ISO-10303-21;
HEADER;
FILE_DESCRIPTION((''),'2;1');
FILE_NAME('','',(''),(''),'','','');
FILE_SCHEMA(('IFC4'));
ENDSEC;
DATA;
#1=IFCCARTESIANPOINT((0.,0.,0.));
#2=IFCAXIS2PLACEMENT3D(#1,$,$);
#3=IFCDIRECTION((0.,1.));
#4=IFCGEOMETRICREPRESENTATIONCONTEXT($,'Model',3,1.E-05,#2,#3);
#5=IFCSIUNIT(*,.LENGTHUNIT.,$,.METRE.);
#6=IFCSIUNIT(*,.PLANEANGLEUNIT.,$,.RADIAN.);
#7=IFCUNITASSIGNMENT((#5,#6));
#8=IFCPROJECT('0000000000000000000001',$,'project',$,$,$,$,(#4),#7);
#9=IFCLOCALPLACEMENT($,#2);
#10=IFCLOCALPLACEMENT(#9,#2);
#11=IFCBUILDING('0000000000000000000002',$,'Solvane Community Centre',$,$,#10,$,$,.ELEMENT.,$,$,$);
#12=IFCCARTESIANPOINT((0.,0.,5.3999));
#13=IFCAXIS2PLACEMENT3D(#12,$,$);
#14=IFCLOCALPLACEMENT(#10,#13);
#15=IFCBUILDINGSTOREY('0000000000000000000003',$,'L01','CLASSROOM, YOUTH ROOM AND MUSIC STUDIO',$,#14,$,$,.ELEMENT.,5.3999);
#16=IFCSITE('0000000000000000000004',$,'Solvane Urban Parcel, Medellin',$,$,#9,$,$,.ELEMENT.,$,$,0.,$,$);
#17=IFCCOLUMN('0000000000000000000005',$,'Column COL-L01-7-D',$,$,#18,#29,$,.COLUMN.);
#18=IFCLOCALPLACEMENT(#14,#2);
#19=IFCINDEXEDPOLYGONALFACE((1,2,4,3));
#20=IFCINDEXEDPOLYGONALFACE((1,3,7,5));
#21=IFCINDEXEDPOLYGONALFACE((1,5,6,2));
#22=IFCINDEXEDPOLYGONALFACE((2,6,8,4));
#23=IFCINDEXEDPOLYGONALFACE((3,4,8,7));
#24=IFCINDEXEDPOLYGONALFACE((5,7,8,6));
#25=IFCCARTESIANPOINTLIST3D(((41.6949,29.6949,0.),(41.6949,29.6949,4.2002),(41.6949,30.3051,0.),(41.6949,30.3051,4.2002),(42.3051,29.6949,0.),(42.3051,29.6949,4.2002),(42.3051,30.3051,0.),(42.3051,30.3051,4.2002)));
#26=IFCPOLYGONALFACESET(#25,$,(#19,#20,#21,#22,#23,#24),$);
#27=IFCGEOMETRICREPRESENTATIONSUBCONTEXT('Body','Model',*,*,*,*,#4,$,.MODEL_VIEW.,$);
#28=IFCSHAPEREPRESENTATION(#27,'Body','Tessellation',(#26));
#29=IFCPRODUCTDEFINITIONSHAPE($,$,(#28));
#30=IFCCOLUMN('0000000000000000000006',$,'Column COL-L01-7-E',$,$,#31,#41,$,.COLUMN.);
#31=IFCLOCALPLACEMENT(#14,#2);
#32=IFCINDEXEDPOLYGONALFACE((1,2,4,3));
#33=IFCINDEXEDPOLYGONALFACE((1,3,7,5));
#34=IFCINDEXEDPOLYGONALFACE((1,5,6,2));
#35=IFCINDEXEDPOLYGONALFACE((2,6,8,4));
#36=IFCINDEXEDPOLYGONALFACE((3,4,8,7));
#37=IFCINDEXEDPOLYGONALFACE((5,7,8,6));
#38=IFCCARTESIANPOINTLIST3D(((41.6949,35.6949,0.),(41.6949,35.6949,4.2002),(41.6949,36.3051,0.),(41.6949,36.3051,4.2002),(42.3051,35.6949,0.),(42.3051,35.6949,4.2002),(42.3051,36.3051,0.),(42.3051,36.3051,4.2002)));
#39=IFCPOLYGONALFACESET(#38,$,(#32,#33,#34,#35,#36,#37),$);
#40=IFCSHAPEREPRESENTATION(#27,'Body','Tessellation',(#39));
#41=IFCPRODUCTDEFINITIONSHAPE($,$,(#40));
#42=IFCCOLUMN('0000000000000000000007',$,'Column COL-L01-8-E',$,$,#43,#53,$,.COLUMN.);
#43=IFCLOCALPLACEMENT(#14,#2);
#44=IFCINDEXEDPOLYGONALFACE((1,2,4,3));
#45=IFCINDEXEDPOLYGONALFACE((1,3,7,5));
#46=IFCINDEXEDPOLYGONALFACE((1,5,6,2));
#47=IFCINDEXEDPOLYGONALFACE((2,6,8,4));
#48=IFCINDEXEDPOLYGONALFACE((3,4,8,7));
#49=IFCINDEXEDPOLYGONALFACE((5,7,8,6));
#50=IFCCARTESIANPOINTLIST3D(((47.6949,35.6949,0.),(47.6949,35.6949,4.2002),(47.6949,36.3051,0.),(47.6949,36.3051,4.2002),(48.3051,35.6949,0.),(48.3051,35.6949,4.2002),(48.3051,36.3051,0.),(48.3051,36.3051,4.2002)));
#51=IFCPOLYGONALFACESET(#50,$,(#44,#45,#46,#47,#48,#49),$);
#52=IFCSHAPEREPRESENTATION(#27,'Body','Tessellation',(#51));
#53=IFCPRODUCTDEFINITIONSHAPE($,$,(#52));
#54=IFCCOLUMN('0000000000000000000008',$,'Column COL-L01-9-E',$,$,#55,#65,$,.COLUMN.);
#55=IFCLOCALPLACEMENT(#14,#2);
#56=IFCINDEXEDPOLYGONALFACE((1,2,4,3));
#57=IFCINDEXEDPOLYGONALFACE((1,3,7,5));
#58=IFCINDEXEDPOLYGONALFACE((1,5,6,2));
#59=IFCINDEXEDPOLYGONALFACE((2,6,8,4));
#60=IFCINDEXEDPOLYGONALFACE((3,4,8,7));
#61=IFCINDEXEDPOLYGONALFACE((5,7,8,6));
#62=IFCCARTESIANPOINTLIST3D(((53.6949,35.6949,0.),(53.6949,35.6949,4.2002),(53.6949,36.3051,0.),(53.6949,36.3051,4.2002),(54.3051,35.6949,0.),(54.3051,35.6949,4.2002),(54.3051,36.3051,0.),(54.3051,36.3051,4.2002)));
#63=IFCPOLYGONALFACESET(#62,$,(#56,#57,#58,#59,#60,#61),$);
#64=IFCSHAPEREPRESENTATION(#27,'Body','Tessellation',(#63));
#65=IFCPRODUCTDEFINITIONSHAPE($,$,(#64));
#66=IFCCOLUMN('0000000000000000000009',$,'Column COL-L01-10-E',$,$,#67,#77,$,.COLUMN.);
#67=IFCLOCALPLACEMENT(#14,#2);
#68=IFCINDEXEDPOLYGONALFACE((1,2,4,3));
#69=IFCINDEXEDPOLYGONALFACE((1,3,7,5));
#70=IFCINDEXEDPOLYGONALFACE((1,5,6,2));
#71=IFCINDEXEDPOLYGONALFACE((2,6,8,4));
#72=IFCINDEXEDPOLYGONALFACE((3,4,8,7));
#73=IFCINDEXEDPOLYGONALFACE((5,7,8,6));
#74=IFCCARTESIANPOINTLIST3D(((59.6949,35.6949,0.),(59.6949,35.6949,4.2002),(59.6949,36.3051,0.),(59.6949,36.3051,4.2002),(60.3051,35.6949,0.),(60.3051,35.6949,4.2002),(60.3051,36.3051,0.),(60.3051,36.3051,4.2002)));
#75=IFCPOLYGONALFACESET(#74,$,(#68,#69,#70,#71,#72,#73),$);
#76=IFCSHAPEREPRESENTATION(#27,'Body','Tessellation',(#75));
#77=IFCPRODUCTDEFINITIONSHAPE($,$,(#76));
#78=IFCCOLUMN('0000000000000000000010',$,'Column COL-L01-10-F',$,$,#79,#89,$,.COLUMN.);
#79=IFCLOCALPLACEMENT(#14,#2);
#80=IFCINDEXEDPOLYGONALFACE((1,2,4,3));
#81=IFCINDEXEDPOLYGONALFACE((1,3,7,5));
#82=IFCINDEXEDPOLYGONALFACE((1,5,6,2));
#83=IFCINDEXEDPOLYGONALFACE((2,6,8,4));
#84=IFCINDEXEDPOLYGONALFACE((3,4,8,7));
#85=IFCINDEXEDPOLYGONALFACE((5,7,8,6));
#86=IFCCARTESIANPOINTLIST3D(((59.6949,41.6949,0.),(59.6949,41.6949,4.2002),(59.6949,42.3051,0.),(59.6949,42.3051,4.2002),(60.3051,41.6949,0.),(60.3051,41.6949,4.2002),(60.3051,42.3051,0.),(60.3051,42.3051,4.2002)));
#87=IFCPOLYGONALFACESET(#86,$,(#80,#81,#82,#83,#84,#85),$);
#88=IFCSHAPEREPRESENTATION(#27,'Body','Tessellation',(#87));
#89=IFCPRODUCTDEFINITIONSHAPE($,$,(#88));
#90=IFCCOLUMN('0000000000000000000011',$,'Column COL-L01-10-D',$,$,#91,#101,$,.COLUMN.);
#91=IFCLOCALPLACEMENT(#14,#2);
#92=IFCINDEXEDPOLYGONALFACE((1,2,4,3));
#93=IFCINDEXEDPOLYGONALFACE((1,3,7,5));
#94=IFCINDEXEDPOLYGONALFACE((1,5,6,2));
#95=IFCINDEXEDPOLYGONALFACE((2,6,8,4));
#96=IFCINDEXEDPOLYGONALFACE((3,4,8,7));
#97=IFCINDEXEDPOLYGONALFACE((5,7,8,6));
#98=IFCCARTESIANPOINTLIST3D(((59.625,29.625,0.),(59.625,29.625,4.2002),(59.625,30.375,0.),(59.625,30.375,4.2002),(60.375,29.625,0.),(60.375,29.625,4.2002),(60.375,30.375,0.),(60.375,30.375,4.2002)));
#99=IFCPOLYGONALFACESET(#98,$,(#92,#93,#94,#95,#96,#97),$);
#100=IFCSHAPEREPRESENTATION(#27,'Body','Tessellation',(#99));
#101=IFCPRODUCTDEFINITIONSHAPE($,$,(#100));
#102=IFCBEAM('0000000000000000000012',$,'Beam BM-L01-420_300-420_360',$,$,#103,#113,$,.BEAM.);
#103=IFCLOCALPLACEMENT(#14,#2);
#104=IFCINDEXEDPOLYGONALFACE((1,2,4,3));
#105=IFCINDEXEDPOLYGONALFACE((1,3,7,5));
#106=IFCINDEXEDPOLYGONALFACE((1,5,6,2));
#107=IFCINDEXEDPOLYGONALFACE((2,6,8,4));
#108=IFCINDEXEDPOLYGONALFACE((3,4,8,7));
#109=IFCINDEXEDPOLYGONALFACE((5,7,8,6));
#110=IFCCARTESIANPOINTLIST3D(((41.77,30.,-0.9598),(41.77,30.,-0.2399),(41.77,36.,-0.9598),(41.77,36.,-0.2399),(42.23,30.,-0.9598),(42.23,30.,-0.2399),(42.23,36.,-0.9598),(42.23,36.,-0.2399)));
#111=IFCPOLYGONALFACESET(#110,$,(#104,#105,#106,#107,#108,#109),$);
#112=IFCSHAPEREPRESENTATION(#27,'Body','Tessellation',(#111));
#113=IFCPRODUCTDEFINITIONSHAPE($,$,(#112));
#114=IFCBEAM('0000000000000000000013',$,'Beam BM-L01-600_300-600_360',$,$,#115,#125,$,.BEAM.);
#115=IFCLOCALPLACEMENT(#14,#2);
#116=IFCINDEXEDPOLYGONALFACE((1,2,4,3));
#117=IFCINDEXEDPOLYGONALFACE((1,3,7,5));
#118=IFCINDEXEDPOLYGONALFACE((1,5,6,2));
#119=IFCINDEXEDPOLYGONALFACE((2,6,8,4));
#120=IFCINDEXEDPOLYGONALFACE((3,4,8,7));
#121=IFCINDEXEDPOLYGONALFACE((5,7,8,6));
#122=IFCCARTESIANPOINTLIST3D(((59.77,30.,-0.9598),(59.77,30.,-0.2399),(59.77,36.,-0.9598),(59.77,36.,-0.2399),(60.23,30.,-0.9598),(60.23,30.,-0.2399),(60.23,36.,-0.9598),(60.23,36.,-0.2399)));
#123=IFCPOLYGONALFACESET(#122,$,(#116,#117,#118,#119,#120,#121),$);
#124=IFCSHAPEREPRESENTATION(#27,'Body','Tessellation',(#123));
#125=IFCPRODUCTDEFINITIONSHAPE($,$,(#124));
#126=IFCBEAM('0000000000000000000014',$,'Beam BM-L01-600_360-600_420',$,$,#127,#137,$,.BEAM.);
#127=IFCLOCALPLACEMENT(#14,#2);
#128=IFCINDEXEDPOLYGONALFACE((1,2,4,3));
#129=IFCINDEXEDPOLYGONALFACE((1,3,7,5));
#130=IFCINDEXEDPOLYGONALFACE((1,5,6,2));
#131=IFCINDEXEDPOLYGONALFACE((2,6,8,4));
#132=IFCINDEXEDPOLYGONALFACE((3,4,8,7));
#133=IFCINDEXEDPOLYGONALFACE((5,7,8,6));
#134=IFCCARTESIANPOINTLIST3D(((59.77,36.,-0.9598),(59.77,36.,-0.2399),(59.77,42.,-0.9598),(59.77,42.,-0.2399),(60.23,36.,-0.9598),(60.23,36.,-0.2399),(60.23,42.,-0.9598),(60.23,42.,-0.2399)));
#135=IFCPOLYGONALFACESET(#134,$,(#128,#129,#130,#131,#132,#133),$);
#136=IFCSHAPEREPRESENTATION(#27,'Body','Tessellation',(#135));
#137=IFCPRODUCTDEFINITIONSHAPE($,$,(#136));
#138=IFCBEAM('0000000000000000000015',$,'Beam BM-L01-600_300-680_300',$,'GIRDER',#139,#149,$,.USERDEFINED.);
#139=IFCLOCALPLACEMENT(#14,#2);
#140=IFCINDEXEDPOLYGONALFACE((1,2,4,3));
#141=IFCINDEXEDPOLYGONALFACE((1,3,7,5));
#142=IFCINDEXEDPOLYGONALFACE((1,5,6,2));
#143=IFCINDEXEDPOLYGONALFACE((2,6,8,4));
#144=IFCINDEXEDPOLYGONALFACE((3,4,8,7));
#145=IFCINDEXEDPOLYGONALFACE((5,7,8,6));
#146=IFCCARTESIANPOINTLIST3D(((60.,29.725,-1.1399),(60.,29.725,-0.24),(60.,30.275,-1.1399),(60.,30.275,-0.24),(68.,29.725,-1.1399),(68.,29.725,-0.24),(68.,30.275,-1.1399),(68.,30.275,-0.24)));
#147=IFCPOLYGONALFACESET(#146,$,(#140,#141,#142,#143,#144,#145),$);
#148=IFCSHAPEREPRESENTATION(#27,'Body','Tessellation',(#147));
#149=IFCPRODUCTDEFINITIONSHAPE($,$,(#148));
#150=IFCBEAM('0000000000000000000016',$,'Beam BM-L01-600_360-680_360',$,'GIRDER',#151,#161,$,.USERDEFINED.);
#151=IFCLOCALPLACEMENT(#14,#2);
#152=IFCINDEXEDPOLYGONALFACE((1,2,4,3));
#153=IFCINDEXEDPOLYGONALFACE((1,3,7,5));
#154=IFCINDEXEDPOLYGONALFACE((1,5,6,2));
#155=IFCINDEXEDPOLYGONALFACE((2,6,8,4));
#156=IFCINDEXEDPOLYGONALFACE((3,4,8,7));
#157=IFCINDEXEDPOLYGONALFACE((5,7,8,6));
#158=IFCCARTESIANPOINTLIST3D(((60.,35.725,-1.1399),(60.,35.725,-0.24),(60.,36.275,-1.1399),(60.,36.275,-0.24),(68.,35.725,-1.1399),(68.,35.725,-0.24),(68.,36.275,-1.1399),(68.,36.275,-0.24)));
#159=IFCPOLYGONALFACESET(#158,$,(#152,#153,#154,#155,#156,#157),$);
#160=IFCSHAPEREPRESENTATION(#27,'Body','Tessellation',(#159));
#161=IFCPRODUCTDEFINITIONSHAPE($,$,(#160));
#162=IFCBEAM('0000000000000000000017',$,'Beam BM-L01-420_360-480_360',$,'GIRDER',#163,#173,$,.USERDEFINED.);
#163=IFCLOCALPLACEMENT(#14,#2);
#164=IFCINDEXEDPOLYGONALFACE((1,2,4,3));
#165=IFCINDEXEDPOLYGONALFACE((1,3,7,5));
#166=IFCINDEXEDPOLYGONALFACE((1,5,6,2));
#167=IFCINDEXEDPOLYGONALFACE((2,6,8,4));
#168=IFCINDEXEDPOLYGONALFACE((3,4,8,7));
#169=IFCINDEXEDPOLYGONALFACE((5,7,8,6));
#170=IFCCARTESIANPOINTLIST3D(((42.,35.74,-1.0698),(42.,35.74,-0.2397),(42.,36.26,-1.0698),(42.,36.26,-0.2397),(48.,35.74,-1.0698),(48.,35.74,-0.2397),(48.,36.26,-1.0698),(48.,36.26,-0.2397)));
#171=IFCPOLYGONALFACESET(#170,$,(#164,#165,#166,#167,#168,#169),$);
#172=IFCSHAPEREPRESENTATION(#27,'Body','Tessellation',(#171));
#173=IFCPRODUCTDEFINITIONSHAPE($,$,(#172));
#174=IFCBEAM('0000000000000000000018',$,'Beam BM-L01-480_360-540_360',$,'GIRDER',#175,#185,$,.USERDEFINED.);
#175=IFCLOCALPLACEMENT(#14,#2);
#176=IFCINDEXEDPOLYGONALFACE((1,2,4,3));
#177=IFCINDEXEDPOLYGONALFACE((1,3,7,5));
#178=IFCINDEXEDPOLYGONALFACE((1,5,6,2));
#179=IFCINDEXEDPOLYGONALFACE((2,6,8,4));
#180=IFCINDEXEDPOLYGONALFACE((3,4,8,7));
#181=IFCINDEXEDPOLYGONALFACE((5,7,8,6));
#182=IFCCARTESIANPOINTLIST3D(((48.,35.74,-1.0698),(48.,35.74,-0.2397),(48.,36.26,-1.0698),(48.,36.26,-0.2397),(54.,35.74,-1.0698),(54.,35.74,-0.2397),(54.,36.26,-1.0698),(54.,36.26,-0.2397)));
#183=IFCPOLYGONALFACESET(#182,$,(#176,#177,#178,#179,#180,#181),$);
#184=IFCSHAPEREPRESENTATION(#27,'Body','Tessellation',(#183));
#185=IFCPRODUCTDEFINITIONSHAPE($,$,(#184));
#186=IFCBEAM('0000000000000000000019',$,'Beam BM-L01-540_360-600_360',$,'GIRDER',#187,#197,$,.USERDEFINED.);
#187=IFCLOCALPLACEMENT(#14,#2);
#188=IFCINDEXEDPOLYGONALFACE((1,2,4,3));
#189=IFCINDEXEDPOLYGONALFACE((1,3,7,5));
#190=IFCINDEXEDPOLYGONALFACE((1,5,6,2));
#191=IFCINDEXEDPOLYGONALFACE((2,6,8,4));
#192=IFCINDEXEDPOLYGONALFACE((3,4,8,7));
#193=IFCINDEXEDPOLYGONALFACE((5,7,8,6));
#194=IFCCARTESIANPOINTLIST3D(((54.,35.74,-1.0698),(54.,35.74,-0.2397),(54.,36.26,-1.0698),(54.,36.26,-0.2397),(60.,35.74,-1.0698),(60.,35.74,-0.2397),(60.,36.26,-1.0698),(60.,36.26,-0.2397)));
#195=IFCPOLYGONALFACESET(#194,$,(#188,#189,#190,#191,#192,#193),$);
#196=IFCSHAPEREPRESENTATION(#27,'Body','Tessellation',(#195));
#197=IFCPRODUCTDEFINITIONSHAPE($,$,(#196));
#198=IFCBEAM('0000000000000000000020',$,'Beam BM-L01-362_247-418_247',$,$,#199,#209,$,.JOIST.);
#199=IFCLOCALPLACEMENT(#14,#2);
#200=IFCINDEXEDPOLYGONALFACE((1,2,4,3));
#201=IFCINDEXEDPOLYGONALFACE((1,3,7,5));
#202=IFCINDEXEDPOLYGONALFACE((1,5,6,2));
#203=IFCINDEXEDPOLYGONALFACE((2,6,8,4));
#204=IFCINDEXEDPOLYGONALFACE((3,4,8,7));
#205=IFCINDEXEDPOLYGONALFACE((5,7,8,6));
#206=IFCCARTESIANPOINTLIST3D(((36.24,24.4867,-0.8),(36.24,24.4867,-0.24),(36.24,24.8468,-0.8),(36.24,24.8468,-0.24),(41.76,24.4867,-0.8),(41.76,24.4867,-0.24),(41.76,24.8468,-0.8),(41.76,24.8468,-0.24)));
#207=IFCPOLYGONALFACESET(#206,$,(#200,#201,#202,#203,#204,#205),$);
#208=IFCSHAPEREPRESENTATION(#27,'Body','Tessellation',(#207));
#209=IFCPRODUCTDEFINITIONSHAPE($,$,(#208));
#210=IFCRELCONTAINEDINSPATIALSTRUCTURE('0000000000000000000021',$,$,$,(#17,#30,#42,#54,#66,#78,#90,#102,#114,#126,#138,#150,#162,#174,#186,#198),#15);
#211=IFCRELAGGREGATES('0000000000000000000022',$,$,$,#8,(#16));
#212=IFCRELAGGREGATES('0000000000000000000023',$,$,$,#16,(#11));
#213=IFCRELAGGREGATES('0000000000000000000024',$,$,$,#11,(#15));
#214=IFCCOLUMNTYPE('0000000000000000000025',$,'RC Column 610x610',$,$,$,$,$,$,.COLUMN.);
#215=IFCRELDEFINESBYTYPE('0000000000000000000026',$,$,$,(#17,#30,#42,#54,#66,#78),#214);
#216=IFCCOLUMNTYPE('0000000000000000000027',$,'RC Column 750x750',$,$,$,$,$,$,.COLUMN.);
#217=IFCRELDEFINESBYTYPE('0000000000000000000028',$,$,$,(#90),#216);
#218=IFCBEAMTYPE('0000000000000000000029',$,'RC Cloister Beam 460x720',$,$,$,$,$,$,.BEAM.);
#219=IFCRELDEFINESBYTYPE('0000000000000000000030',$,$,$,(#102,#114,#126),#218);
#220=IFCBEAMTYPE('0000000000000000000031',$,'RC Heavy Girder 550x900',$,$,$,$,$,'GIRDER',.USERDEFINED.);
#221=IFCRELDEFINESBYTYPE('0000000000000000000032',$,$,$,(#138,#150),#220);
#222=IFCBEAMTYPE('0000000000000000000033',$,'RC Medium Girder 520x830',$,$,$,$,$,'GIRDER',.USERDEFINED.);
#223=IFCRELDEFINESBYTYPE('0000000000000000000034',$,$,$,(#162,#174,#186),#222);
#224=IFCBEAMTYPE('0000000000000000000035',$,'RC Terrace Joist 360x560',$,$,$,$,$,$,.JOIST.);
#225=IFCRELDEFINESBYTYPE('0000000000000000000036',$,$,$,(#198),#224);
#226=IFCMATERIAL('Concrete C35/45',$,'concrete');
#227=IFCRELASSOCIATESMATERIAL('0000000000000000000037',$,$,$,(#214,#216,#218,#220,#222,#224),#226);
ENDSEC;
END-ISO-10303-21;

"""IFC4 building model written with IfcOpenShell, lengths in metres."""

from ifc_helpers import new_model, si_unit, direction, frame, origin, origin_2d, place, context, subcontext, project, spatial, rectangle, extrude, material, material_profile, profile_set, type_object, element, save


model = new_model("IFC4")

# Units and contexts
model_context = context("Model", 3, precision=1e-05, world=origin(), true_north=direction((0.0, 1.0)))
body_context = subcontext(model_context, "Body", "Model", "MODEL_VIEW")
ifc_project = project(units=[si_unit("LENGTHUNIT", "METRE"), si_unit("PLANEANGLEUNIT", "RADIAN")], contexts=[model_context])

# Site, building, storey
site_placement = place(None, origin())
site = spatial("IfcSite", under=ifc_project, at=site_placement, Name="Solvane Urban Parcel, Medellin", CompositionType="ELEMENT", RefElevation=0.0)
building_placement = place(site_placement, origin())
building = spatial("IfcBuilding", under=site, at=building_placement, Name="Solvane Community Centre", CompositionType="ELEMENT")
storey_placement = place(building_placement, frame((0.0, 0.0, 5.3999)))
storey = spatial("IfcBuildingStorey", under=building, at=storey_placement, Name="L01", Description="CLASSROOM, YOUTH ROOM AND MUSIC STUDIO", CompositionType="ELEMENT", Elevation=5.3999)

# Columns
ifc_material_1 = material(Name="Concrete C35/45", Category="concrete")
ifc_material_profile_1 = material_profile(ifc_material_1, rectangle(XDim=0.6101, YDim=0.6101, at=origin_2d()), Name="RC 610x610")
ifc_profile_set_1 = profile_set([ifc_material_profile_1], Name="Concrete C35/45")
column_type_1 = type_object("IfcColumnType", Name="RC Column 610x610", PredefinedType="COLUMN", material=ifc_profile_set_1)
for number, where, z_axis, x_axis, name in (
    (1, (42.0, 30.0, 0.0), (0.0, 0.0, 1.0), (1.0, 0.0, 0.0), "Column COL-L01-7-D"),
    (2, (42.0, 36.0, 0.0), (0.0, 0.0, 1.0), (1.0, 0.0, 0.0), "Column COL-L01-7-E"),
    (3, (48.0, 36.0, 0.0), (0.0, 0.0, 1.0), (1.0, 0.0, 0.0), "Column COL-L01-8-E"),
    (4, (54.0, 36.0, 0.0), (0.0, 0.0, 1.0), (1.0, 0.0, 0.0), "Column COL-L01-9-E"),
    (5, (60.0, 36.0, 0.0), (0.0, 0.0, 1.0), (1.0, 0.0, 0.0), "Column COL-L01-10-E"),
    (6, (60.0, 42.0, 0.0), (0.0, 0.0, 1.0), (1.0, 0.0, 0.0), "Column COL-L01-10-F"),
):
    element("IfcColumn", number, at=place(storey_placement, frame(where, z_axis=z_axis, x_axis=x_axis)), inside=storey, type_object=column_type_1, Name=name, PredefinedType="COLUMN", context=body_context, shape_type="SweptSolid", body=[
        extrude(rectangle(XDim=0.6101, YDim=0.6101, at=origin_2d()), origin(), (0.0, 0.0, 1.0), 4.2002),
    ])
ifc_material_profile_2 = material_profile(ifc_material_1, rectangle(XDim=0.75, YDim=0.75, at=origin_2d()), Name="RC 750x750")
ifc_profile_set_2 = profile_set([ifc_material_profile_2], Name="Concrete C35/45")
column_type_2 = type_object("IfcColumnType", Name="RC Column 750x750", PredefinedType="COLUMN", material=ifc_profile_set_2)
column_placement = place(storey_placement, frame((60.0, 30.0, 0.0), z_axis=(0.0, 0.0, 1.0), x_axis=(1.0, 0.0, 0.0)))
element("IfcColumn", 7, at=column_placement, inside=storey, type_object=column_type_2, Name="Column COL-L01-10-D", PredefinedType="COLUMN", context=body_context, shape_type="SweptSolid", body=[
    extrude(rectangle(XDim=0.75, YDim=0.75, at=origin_2d()), origin(), (0.0, 0.0, 1.0), 4.2002),
])

# Beams
ifc_material_profile_3 = material_profile(ifc_material_1, rectangle(XDim=0.46, YDim=0.72, at=origin_2d()), Name="RC 460x720")
ifc_profile_set_3 = profile_set([ifc_material_profile_3], Name="Concrete C35/45")
beam_type_1 = type_object("IfcBeamType", Name="RC Cloister Beam 460x720", PredefinedType="BEAM", material=ifc_profile_set_3)
for number, where, z_axis, x_axis, name in (
    (8, (42.0, 30.0, -0.5999), (0.0, 1.0, 0.0), (-1.0, 0.0, 0.0), "Beam BM-L01-420_300-420_360"),
    (9, (60.0, 30.0, -0.5999), (0.0, 1.0, 0.0), (-1.0, 0.0, 0.0), "Beam BM-L01-600_300-600_360"),
    (10, (60.0, 36.0, -0.5999), (0.0, 1.0, 0.0), (-1.0, 0.0, 0.0), "Beam BM-L01-600_360-600_420"),
):
    element("IfcBeam", number, at=place(storey_placement, frame(where, z_axis=z_axis, x_axis=x_axis)), inside=storey, type_object=beam_type_1, Name=name, PredefinedType="BEAM", context=body_context, shape_type="SweptSolid", body=[
        extrude(rectangle(XDim=0.46, YDim=0.72, at=origin_2d()), origin(), (0.0, 0.0, 1.0), 6.0),
    ])
ifc_material_profile_4 = material_profile(ifc_material_1, rectangle(XDim=0.55, YDim=0.8999, at=origin_2d()), Name="RC 550x900")
ifc_profile_set_4 = profile_set([ifc_material_profile_4], Name="Concrete C35/45")
beam_type_2 = type_object("IfcBeamType", Name="RC Heavy Girder 550x900", ElementType="GIRDER", PredefinedType="USERDEFINED", material=ifc_profile_set_4)
for number, where, z_axis, x_axis, name in (
    (11, (60.0, 30.0, -0.6899), (1.0, 0.0, 0.0), (0.0, 1.0, 0.0), "Beam BM-L01-600_300-680_300"),
    (12, (60.0, 36.0, -0.6899), (1.0, 0.0, 0.0), (0.0, 1.0, 0.0), "Beam BM-L01-600_360-680_360"),
):
    element("IfcBeam", number, at=place(storey_placement, frame(where, z_axis=z_axis, x_axis=x_axis)), inside=storey, type_object=beam_type_2, Name=name, ObjectType="GIRDER", PredefinedType="USERDEFINED", context=body_context, shape_type="SweptSolid", body=[
        extrude(rectangle(XDim=0.55, YDim=0.8999, at=origin_2d()), origin(), (0.0, 0.0, 1.0), 8.0),
    ])
ifc_material_profile_5 = material_profile(ifc_material_1, rectangle(XDim=0.52, YDim=0.8301, at=origin_2d()), Name="RC 520x830")
ifc_profile_set_5 = profile_set([ifc_material_profile_5], Name="Concrete C35/45")
beam_type_3 = type_object("IfcBeamType", Name="RC Medium Girder 520x830", ElementType="GIRDER", PredefinedType="USERDEFINED", material=ifc_profile_set_5)
for number, where, z_axis, x_axis, name in (
    (13, (42.0, 36.0, -0.6548), (1.0, 0.0, 0.0), (0.0, 1.0, 0.0), "Beam BM-L01-420_360-480_360"),
    (14, (48.0, 36.0, -0.6548), (1.0, 0.0, 0.0), (0.0, 1.0, 0.0), "Beam BM-L01-480_360-540_360"),
    (15, (54.0, 36.0, -0.6548), (1.0, 0.0, 0.0), (0.0, 1.0, 0.0), "Beam BM-L01-540_360-600_360"),
):
    element("IfcBeam", number, at=place(storey_placement, frame(where, z_axis=z_axis, x_axis=x_axis)), inside=storey, type_object=beam_type_3, Name=name, ObjectType="GIRDER", PredefinedType="USERDEFINED", context=body_context, shape_type="SweptSolid", body=[
        extrude(rectangle(XDim=0.52, YDim=0.8301, at=origin_2d()), origin(), (0.0, 0.0, 1.0), 6.0),
    ])
ifc_material_profile_6 = material_profile(ifc_material_1, rectangle(XDim=0.3601, YDim=0.5601, at=origin_2d()), Name="RC 360x560")
ifc_profile_set_6 = profile_set([ifc_material_profile_6], Name="Concrete C35/45")
beam_type_4 = type_object("IfcBeamType", Name="RC Terrace Joist 360x560", PredefinedType="JOIST", material=ifc_profile_set_6)
for number, where, z_axis, x_axis, name in (
    (16, (36.24, 24.6667, -0.52), (1.0, 0.0, 0.0), (0.0, 1.0, 0.0), "Beam BM-L01-362_247-418_247"),
):
    element("IfcBeam", number, at=place(storey_placement, frame(where, z_axis=z_axis, x_axis=x_axis)), inside=storey, type_object=beam_type_4, Name=name, PredefinedType="JOIST", context=body_context, shape_type="SweptSolid", body=[
        extrude(rectangle(XDim=0.3601, YDim=0.5601, at=origin_2d()), origin(), (0.0, 0.0, 1.0), 5.52),
    ])

save(model, "model.ifc")
